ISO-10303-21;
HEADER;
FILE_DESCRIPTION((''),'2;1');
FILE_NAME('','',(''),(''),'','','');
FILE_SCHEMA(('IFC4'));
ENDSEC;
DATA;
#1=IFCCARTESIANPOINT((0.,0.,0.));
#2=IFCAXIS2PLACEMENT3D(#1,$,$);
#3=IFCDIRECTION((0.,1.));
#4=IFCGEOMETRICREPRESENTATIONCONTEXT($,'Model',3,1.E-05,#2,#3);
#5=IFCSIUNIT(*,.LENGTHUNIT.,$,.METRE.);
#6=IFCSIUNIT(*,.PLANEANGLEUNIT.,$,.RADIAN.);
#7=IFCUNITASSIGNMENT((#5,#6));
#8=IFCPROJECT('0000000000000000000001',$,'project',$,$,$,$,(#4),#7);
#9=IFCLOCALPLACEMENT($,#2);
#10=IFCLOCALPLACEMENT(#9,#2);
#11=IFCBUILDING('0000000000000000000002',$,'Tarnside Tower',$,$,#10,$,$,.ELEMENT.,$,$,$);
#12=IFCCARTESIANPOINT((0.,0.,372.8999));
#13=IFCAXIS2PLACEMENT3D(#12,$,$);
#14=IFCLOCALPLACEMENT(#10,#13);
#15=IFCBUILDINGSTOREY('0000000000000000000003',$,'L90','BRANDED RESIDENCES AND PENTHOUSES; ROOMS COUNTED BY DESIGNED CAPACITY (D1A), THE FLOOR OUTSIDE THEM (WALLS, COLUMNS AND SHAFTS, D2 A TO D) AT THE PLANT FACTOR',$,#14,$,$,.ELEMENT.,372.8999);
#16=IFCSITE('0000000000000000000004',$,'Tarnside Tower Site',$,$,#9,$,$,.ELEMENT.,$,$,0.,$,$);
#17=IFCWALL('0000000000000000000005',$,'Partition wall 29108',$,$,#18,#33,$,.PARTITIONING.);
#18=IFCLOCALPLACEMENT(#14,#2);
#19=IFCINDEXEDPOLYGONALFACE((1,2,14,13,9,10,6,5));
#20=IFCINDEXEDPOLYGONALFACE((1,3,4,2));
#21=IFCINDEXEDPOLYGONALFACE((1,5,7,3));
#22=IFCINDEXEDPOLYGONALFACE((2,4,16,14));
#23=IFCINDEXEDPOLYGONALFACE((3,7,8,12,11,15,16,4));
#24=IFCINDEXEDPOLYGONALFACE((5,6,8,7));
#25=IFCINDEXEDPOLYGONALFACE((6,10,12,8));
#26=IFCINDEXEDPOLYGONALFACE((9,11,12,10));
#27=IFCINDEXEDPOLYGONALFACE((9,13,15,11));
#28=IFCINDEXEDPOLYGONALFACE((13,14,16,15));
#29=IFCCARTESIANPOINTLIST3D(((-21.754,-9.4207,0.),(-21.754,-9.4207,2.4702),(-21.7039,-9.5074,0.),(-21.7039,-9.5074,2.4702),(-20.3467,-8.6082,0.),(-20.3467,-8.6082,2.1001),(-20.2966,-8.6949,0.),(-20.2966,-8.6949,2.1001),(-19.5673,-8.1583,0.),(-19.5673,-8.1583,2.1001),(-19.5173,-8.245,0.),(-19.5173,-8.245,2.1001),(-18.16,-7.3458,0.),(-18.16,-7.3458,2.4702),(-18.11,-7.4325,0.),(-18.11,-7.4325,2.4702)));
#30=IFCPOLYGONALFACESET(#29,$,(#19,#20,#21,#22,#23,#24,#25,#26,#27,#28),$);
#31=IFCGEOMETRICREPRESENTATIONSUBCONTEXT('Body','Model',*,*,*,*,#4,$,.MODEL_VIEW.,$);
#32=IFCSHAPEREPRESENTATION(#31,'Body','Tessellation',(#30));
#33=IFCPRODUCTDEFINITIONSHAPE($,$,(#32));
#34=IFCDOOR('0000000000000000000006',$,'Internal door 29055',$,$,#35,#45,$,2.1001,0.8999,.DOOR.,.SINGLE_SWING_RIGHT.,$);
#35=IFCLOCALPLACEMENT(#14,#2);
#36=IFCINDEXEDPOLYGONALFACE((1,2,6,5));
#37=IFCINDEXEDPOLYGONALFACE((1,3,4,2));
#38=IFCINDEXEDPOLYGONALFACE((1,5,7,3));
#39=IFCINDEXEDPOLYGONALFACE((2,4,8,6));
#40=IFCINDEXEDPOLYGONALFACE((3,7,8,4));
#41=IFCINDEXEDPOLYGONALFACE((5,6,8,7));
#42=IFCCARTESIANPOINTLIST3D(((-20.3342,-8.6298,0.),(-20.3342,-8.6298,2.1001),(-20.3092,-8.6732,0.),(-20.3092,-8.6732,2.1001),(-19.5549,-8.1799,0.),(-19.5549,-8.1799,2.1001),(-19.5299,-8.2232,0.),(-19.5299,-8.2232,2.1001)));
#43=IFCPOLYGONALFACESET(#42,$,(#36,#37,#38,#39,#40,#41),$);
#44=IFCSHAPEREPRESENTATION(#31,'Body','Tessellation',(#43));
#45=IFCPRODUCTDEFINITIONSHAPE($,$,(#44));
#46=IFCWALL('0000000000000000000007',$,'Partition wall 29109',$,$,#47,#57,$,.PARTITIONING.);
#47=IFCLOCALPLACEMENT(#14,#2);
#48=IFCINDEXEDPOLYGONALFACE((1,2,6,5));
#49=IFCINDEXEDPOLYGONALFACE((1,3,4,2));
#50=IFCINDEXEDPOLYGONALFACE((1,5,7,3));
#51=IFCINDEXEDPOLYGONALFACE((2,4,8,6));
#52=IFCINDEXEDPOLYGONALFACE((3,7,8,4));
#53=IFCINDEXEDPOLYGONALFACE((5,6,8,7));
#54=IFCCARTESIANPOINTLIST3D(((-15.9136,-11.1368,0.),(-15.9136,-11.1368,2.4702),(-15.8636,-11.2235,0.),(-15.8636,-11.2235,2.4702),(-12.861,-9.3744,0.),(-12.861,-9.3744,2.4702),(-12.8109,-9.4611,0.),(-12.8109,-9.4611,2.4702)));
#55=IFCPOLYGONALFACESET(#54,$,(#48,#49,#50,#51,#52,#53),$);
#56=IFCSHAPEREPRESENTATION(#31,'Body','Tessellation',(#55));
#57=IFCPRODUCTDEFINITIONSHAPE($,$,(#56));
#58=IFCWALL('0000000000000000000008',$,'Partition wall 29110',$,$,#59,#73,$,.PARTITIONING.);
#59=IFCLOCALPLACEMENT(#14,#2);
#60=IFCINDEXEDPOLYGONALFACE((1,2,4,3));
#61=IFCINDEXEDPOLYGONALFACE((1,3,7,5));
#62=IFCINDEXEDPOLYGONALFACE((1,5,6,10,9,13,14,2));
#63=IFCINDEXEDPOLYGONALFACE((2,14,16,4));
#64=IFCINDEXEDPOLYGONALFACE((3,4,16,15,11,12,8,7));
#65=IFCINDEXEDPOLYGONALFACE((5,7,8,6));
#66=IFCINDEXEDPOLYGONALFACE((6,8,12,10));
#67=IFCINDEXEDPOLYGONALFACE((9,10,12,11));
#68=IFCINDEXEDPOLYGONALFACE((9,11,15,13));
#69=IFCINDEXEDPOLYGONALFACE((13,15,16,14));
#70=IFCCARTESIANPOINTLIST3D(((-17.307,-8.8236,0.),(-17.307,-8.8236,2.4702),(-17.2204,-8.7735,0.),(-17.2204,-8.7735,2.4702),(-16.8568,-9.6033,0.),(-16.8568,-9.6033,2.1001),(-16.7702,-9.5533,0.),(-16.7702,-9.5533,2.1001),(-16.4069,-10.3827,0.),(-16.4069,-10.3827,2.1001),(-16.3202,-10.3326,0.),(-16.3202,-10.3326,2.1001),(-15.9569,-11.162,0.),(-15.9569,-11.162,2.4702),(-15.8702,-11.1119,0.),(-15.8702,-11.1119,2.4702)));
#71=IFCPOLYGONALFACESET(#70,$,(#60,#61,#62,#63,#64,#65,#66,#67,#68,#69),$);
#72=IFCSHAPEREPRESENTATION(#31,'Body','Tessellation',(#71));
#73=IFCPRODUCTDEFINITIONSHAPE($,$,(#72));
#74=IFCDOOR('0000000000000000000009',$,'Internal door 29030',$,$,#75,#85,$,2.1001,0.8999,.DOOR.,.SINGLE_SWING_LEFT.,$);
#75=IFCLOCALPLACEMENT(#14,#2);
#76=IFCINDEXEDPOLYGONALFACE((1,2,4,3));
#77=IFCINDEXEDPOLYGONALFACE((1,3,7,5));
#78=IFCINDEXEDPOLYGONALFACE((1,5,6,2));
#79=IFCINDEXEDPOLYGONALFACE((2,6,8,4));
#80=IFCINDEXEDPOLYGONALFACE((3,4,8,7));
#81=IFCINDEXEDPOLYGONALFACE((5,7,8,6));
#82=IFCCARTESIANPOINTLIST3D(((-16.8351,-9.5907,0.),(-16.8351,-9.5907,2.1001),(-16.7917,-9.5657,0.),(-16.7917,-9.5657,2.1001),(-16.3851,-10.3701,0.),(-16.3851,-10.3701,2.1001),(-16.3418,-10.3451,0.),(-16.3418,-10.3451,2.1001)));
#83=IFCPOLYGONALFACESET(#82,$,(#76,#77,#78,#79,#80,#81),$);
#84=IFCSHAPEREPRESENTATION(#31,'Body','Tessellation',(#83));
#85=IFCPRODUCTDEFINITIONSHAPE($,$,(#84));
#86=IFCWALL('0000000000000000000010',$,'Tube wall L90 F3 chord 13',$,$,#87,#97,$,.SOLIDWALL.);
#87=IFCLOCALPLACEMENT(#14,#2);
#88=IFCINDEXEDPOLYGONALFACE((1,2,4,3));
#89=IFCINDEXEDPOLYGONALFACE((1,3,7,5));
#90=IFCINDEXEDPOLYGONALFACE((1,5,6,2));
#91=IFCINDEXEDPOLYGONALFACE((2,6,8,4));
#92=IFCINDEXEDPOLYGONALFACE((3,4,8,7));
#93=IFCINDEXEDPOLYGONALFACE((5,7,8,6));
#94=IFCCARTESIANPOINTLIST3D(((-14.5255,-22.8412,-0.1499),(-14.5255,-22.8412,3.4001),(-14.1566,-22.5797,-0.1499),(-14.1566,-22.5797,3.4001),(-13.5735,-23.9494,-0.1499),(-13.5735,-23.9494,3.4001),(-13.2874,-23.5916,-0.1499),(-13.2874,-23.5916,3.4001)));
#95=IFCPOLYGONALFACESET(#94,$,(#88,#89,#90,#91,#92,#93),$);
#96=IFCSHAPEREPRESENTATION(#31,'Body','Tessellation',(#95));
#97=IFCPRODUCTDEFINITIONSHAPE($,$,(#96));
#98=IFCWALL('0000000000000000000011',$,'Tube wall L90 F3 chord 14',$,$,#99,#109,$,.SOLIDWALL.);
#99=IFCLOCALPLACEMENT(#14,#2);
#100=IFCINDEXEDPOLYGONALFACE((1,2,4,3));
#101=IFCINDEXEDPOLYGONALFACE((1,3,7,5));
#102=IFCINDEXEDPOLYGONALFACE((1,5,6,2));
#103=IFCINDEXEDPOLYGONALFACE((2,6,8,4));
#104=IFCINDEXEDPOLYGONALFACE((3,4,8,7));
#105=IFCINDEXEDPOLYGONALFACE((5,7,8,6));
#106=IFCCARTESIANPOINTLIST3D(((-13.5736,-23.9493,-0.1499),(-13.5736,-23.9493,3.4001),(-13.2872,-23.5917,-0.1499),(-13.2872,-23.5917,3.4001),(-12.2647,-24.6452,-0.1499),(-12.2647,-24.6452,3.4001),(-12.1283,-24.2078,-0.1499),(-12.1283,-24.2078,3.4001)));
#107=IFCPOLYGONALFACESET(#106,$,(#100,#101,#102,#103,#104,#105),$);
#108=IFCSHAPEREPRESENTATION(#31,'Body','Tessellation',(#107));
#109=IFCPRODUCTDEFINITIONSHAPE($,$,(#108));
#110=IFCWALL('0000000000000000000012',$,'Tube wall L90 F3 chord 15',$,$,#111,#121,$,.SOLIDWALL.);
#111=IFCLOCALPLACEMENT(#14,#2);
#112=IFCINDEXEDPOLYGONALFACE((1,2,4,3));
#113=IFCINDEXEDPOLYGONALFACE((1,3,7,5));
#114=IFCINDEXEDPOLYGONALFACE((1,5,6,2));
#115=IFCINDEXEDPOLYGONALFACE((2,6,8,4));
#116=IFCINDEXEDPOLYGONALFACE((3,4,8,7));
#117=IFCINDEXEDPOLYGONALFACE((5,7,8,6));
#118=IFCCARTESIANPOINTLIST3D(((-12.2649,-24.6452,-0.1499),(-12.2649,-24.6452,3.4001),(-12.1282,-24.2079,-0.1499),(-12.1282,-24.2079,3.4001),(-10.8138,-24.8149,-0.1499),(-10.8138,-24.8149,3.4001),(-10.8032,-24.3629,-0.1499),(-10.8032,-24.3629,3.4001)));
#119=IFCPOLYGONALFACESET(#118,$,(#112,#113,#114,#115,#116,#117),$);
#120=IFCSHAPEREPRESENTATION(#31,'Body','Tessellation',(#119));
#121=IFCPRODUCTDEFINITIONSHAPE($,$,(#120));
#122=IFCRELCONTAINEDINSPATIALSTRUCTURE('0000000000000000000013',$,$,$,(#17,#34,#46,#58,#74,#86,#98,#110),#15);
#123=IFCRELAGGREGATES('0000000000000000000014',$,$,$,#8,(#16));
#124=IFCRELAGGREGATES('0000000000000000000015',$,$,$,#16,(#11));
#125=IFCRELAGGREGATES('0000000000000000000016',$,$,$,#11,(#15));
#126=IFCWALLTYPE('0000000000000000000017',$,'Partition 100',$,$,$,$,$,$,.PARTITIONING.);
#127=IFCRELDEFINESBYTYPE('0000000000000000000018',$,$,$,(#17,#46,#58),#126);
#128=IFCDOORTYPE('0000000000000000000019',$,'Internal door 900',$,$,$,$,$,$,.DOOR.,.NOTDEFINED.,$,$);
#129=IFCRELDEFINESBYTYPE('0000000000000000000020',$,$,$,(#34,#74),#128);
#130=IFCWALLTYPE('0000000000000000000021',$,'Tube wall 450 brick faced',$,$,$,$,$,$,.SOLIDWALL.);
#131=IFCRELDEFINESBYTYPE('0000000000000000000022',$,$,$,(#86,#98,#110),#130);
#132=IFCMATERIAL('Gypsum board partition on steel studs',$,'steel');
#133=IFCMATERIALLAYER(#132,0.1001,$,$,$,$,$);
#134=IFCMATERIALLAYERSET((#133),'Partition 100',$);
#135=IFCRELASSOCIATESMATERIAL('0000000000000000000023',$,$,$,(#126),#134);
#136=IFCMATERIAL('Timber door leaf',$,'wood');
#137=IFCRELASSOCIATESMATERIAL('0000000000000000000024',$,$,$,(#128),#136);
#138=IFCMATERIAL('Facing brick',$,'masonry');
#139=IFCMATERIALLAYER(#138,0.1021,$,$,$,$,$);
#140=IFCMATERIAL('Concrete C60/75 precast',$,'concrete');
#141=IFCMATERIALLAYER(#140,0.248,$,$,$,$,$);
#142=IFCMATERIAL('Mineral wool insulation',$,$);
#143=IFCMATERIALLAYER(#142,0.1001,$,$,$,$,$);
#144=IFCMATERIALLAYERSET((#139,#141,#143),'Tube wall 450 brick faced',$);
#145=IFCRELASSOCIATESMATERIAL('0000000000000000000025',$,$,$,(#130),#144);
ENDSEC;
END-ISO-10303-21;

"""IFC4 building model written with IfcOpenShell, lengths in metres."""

from ifc_helpers import new_model, si_unit, direction, frame, frame_2d, origin, place, context, subcontext, project, spatial, polyline, rectangle, outline, extrude, material, layer, layer_set, type_object, element, fill, save


model = new_model("IFC4")

# Units and contexts
model_context = context("Model", 3, precision=1e-05, world=origin(), true_north=direction((0.0, 1.0)))
body_context = subcontext(model_context, "Body", "Model", "MODEL_VIEW")
ifc_project = project(units=[si_unit("LENGTHUNIT", "METRE"), si_unit("PLANEANGLEUNIT", "RADIAN")], contexts=[model_context])

# Site, building, storey
site_placement = place(None, origin())
site = spatial("IfcSite", under=ifc_project, at=site_placement, Name="Tarnside Tower Site", CompositionType="ELEMENT", RefElevation=0.0)
building_placement = place(site_placement, origin())
building = spatial("IfcBuilding", under=site, at=building_placement, Name="Tarnside Tower", CompositionType="ELEMENT")
storey_placement = place(building_placement, frame((0.0, 0.0, 372.8999)))
storey = spatial("IfcBuildingStorey", under=building, at=storey_placement, Name="L90", Description="BRANDED RESIDENCES AND PENTHOUSES; ROOMS COUNTED BY DESIGNED CAPACITY (D1A), THE FLOOR OUTSIDE THEM (WALLS, COLUMNS AND SHAFTS, D2 A TO D) AT THE PLANT FACTOR", CompositionType="ELEMENT", Elevation=372.8999)

# Shared definitions
ifc_material_1 = material(Name="Gypsum board partition on steel studs", Category="steel")
ifc_material_2 = material(Name="Concrete C60/75 precast", Category="concrete")
ifc_material_3 = material(Name="Mineral wool insulation")

# Wall, opening, door
ifc_layer_1 = layer(ifc_material_1, 0.1001)
ifc_layer_set_1 = layer_set([ifc_layer_1], Name="Partition 100")
wall_type_1 = type_object("IfcWallType", Name="Partition 100", PredefinedType="PARTITIONING", material=ifc_layer_set_1)
wall_1_placement = place(storey_placement, frame((-18.135, -7.3892, 0.0), z_axis=(0.0, 0.0, 1.0), x_axis=(-0.86603, -0.499992, 0.0)))
wall_1 = element("IfcWall", 1, at=wall_1_placement, inside=storey, type_object=wall_type_1, Name="Partition wall 29108", PredefinedType="PARTITIONING", context=body_context, shape_type="SweptSolid", body=[
    extrude(rectangle(XDim=4.1499, YDim=0.1001, at=frame_2d((2.075, 0.0))), origin(), (0.0, 0.0, 1.0), 2.4702),
])
opening_1_placement = place(wall_1_placement, frame((1.625, 0.0, 0.0)))
opening_1 = element("IfcOpeningElement", 2, at=opening_1_placement, cuts=wall_1, PredefinedType="OPENING", context=body_context, shape_type="SweptSolid", body=[
    extrude(rectangle(XDim=0.8999, YDim=2.1001, at=frame_2d((0.45, 1.05))), frame((0.0, 0.0601, 0.0), z_axis=(0.0, -1.0, 0.0), x_axis=(1.0, 0.0, 0.0)), (0.0, 0.0, 1.0), 0.1201),
])
ifc_material_4 = material(Name="Timber door leaf", Category="wood")
door_type = type_object("IfcDoorType", Name="Internal door 900", OperationType="NOTDEFINED", PredefinedType="DOOR", material=ifc_material_4)
door_1_placement = place(opening_1_placement, origin())
door_1 = element("IfcDoor", 3, at=door_1_placement, inside=storey, type_object=door_type, Name="Internal door 29055", OperationType="SINGLE_SWING_RIGHT", OverallHeight=2.1001, OverallWidth=0.8999, PredefinedType="DOOR", context=body_context, shape_type="SweptSolid", body=[
    extrude(rectangle(XDim=0.8999, YDim=2.1001, at=frame_2d((0.45, 1.05))), frame((0.0, 0.0249, 0.0), z_axis=(0.0, -1.0, 0.0), x_axis=(1.0, 0.0, 0.0)), (0.0, 0.0, 1.0), 0.05),
])
fill(opening_1, door_1)

# Wall
wall_2_placement = place(storey_placement, frame((-12.8359, -9.4177, 0.0), z_axis=(0.0, 0.0, 1.0), x_axis=(-0.866031, -0.49999, 0.0)))
element("IfcWall", 4, at=wall_2_placement, inside=storey, type_object=wall_type_1, Name="Partition wall 29109", PredefinedType="PARTITIONING", context=body_context, shape_type="SweptSolid", body=[
    extrude(rectangle(XDim=3.5249, YDim=0.1001, at=frame_2d((1.7625, 0.0))), origin(), (0.0, 0.0, 1.0), 2.4702),
])

# Wall, opening, door
wall_3_placement = place(storey_placement, frame((-15.9136, -11.137, 0.0), z_axis=(0.0, 0.0, 1.0), x_axis=(-0.500009, 0.86602, 0.0)))
wall_3 = element("IfcWall", 5, at=wall_3_placement, inside=storey, type_object=wall_type_1, Name="Partition wall 29110", PredefinedType="PARTITIONING", context=body_context, shape_type="SweptSolid", body=[
    extrude(rectangle(XDim=2.7002, YDim=0.1001, at=frame_2d((1.3501, 0.0))), origin(), (0.0, 0.0, 1.0), 2.4702),
])
opening_2_placement = place(wall_3_placement, frame((0.8999, 0.0, 0.0)))
opening_2 = element("IfcOpeningElement", 6, at=opening_2_placement, cuts=wall_3, PredefinedType="OPENING", context=body_context, shape_type="SweptSolid", body=[
    extrude(rectangle(XDim=0.8999, YDim=2.1001, at=frame_2d((0.45, 1.05))), frame((0.0, 0.0601, 0.0), z_axis=(0.0, -1.0, 0.0), x_axis=(1.0, 0.0, 0.0)), (0.0, 0.0, 1.0), 0.1201),
])
door_2_placement = place(opening_2_placement, origin())
door_2 = element("IfcDoor", 7, at=door_2_placement, inside=storey, type_object=door_type, Name="Internal door 29030", OperationType="SINGLE_SWING_LEFT", OverallHeight=2.1001, OverallWidth=0.8999, PredefinedType="DOOR", context=body_context, shape_type="SweptSolid", body=[
    extrude(rectangle(XDim=0.8999, YDim=2.1001, at=frame_2d((0.45, 1.05))), frame((0.0, 0.0249, 0.0), z_axis=(0.0, -1.0, 0.0), x_axis=(1.0, 0.0, 0.0)), (0.0, 0.0, 1.0), 0.05),
])
fill(opening_2, door_2)

# Walls
ifc_material_5 = material(Name="Facing brick", Category="masonry")
ifc_layer_2 = layer(ifc_material_5, 0.1021)
ifc_layer_3 = layer(ifc_material_2, 0.248)
ifc_layer_4 = layer(ifc_material_3, 0.1001)
ifc_layer_set_2 = layer_set([ifc_layer_2, ifc_layer_3, ifc_layer_4], Name="Tube wall 450 brick faced")
wall_type_2 = type_object("IfcWallType", Name="Tube wall 450 brick faced", PredefinedType="SOLIDWALL", material=ifc_layer_set_2)
wall_4_placement = place(storey_placement, frame((-14.3411, -22.7104, -0.1499), z_axis=(0.0, 0.0, 1.0), x_axis=(0.651625, -0.758541, 0.0)))
element("IfcWall", 8, at=wall_4_placement, inside=storey, type_object=wall_type_2, Name="Tube wall L90 F3 chord 13", PredefinedType="SOLIDWALL", context=body_context, shape_type="SweptSolid", body=[
    extrude(outline(polyline([(-0.021, -0.2251), (1.4399, -0.2251), (1.355, 0.2251), (0.021, 0.2251), (-0.021, -0.2251)])), origin(), (0.0, 0.0, 1.0), 3.55),
])
wall_5_placement = place(storey_placement, frame((-13.4304, -23.7705, -0.1499), z_axis=(0.0, 0.0, 1.0), x_axis=(0.882966, -0.469436, 0.0)))
element("IfcWall", 9, at=wall_5_placement, inside=storey, type_object=wall_type_2, Name="Tube wall L90 F3 chord 14", PredefinedType="SOLIDWALL", context=body_context, shape_type="SweptSolid", body=[
    extrude(outline(polyline([(-0.0425, -0.2251), (1.4399, -0.2251), (1.355, 0.2251), (0.0425, 0.2251), (-0.0425, -0.2251)])), origin(), (0.0, 0.0, 1.0), 3.55),
])
wall_6_placement = place(storey_placement, frame((-12.1965, -24.4265, -0.1499), z_axis=(0.0, 0.0, 1.0), x_axis=(0.993228, -0.116182, 0.0)))
element("IfcWall", 10, at=wall_6_placement, inside=storey, type_object=wall_type_2, Name="Tube wall L90 F3 chord 15", PredefinedType="SOLIDWALL", context=body_context, shape_type="SweptSolid", body=[
    extrude(outline(polyline([(-0.0425, -0.2251), (1.4185, -0.2251), (1.3765, 0.2251), (0.0425, 0.2251), (-0.0425, -0.2251)])), origin(), (0.0, 0.0, 1.0), 3.55),
])

save(model, "model.ifc")
